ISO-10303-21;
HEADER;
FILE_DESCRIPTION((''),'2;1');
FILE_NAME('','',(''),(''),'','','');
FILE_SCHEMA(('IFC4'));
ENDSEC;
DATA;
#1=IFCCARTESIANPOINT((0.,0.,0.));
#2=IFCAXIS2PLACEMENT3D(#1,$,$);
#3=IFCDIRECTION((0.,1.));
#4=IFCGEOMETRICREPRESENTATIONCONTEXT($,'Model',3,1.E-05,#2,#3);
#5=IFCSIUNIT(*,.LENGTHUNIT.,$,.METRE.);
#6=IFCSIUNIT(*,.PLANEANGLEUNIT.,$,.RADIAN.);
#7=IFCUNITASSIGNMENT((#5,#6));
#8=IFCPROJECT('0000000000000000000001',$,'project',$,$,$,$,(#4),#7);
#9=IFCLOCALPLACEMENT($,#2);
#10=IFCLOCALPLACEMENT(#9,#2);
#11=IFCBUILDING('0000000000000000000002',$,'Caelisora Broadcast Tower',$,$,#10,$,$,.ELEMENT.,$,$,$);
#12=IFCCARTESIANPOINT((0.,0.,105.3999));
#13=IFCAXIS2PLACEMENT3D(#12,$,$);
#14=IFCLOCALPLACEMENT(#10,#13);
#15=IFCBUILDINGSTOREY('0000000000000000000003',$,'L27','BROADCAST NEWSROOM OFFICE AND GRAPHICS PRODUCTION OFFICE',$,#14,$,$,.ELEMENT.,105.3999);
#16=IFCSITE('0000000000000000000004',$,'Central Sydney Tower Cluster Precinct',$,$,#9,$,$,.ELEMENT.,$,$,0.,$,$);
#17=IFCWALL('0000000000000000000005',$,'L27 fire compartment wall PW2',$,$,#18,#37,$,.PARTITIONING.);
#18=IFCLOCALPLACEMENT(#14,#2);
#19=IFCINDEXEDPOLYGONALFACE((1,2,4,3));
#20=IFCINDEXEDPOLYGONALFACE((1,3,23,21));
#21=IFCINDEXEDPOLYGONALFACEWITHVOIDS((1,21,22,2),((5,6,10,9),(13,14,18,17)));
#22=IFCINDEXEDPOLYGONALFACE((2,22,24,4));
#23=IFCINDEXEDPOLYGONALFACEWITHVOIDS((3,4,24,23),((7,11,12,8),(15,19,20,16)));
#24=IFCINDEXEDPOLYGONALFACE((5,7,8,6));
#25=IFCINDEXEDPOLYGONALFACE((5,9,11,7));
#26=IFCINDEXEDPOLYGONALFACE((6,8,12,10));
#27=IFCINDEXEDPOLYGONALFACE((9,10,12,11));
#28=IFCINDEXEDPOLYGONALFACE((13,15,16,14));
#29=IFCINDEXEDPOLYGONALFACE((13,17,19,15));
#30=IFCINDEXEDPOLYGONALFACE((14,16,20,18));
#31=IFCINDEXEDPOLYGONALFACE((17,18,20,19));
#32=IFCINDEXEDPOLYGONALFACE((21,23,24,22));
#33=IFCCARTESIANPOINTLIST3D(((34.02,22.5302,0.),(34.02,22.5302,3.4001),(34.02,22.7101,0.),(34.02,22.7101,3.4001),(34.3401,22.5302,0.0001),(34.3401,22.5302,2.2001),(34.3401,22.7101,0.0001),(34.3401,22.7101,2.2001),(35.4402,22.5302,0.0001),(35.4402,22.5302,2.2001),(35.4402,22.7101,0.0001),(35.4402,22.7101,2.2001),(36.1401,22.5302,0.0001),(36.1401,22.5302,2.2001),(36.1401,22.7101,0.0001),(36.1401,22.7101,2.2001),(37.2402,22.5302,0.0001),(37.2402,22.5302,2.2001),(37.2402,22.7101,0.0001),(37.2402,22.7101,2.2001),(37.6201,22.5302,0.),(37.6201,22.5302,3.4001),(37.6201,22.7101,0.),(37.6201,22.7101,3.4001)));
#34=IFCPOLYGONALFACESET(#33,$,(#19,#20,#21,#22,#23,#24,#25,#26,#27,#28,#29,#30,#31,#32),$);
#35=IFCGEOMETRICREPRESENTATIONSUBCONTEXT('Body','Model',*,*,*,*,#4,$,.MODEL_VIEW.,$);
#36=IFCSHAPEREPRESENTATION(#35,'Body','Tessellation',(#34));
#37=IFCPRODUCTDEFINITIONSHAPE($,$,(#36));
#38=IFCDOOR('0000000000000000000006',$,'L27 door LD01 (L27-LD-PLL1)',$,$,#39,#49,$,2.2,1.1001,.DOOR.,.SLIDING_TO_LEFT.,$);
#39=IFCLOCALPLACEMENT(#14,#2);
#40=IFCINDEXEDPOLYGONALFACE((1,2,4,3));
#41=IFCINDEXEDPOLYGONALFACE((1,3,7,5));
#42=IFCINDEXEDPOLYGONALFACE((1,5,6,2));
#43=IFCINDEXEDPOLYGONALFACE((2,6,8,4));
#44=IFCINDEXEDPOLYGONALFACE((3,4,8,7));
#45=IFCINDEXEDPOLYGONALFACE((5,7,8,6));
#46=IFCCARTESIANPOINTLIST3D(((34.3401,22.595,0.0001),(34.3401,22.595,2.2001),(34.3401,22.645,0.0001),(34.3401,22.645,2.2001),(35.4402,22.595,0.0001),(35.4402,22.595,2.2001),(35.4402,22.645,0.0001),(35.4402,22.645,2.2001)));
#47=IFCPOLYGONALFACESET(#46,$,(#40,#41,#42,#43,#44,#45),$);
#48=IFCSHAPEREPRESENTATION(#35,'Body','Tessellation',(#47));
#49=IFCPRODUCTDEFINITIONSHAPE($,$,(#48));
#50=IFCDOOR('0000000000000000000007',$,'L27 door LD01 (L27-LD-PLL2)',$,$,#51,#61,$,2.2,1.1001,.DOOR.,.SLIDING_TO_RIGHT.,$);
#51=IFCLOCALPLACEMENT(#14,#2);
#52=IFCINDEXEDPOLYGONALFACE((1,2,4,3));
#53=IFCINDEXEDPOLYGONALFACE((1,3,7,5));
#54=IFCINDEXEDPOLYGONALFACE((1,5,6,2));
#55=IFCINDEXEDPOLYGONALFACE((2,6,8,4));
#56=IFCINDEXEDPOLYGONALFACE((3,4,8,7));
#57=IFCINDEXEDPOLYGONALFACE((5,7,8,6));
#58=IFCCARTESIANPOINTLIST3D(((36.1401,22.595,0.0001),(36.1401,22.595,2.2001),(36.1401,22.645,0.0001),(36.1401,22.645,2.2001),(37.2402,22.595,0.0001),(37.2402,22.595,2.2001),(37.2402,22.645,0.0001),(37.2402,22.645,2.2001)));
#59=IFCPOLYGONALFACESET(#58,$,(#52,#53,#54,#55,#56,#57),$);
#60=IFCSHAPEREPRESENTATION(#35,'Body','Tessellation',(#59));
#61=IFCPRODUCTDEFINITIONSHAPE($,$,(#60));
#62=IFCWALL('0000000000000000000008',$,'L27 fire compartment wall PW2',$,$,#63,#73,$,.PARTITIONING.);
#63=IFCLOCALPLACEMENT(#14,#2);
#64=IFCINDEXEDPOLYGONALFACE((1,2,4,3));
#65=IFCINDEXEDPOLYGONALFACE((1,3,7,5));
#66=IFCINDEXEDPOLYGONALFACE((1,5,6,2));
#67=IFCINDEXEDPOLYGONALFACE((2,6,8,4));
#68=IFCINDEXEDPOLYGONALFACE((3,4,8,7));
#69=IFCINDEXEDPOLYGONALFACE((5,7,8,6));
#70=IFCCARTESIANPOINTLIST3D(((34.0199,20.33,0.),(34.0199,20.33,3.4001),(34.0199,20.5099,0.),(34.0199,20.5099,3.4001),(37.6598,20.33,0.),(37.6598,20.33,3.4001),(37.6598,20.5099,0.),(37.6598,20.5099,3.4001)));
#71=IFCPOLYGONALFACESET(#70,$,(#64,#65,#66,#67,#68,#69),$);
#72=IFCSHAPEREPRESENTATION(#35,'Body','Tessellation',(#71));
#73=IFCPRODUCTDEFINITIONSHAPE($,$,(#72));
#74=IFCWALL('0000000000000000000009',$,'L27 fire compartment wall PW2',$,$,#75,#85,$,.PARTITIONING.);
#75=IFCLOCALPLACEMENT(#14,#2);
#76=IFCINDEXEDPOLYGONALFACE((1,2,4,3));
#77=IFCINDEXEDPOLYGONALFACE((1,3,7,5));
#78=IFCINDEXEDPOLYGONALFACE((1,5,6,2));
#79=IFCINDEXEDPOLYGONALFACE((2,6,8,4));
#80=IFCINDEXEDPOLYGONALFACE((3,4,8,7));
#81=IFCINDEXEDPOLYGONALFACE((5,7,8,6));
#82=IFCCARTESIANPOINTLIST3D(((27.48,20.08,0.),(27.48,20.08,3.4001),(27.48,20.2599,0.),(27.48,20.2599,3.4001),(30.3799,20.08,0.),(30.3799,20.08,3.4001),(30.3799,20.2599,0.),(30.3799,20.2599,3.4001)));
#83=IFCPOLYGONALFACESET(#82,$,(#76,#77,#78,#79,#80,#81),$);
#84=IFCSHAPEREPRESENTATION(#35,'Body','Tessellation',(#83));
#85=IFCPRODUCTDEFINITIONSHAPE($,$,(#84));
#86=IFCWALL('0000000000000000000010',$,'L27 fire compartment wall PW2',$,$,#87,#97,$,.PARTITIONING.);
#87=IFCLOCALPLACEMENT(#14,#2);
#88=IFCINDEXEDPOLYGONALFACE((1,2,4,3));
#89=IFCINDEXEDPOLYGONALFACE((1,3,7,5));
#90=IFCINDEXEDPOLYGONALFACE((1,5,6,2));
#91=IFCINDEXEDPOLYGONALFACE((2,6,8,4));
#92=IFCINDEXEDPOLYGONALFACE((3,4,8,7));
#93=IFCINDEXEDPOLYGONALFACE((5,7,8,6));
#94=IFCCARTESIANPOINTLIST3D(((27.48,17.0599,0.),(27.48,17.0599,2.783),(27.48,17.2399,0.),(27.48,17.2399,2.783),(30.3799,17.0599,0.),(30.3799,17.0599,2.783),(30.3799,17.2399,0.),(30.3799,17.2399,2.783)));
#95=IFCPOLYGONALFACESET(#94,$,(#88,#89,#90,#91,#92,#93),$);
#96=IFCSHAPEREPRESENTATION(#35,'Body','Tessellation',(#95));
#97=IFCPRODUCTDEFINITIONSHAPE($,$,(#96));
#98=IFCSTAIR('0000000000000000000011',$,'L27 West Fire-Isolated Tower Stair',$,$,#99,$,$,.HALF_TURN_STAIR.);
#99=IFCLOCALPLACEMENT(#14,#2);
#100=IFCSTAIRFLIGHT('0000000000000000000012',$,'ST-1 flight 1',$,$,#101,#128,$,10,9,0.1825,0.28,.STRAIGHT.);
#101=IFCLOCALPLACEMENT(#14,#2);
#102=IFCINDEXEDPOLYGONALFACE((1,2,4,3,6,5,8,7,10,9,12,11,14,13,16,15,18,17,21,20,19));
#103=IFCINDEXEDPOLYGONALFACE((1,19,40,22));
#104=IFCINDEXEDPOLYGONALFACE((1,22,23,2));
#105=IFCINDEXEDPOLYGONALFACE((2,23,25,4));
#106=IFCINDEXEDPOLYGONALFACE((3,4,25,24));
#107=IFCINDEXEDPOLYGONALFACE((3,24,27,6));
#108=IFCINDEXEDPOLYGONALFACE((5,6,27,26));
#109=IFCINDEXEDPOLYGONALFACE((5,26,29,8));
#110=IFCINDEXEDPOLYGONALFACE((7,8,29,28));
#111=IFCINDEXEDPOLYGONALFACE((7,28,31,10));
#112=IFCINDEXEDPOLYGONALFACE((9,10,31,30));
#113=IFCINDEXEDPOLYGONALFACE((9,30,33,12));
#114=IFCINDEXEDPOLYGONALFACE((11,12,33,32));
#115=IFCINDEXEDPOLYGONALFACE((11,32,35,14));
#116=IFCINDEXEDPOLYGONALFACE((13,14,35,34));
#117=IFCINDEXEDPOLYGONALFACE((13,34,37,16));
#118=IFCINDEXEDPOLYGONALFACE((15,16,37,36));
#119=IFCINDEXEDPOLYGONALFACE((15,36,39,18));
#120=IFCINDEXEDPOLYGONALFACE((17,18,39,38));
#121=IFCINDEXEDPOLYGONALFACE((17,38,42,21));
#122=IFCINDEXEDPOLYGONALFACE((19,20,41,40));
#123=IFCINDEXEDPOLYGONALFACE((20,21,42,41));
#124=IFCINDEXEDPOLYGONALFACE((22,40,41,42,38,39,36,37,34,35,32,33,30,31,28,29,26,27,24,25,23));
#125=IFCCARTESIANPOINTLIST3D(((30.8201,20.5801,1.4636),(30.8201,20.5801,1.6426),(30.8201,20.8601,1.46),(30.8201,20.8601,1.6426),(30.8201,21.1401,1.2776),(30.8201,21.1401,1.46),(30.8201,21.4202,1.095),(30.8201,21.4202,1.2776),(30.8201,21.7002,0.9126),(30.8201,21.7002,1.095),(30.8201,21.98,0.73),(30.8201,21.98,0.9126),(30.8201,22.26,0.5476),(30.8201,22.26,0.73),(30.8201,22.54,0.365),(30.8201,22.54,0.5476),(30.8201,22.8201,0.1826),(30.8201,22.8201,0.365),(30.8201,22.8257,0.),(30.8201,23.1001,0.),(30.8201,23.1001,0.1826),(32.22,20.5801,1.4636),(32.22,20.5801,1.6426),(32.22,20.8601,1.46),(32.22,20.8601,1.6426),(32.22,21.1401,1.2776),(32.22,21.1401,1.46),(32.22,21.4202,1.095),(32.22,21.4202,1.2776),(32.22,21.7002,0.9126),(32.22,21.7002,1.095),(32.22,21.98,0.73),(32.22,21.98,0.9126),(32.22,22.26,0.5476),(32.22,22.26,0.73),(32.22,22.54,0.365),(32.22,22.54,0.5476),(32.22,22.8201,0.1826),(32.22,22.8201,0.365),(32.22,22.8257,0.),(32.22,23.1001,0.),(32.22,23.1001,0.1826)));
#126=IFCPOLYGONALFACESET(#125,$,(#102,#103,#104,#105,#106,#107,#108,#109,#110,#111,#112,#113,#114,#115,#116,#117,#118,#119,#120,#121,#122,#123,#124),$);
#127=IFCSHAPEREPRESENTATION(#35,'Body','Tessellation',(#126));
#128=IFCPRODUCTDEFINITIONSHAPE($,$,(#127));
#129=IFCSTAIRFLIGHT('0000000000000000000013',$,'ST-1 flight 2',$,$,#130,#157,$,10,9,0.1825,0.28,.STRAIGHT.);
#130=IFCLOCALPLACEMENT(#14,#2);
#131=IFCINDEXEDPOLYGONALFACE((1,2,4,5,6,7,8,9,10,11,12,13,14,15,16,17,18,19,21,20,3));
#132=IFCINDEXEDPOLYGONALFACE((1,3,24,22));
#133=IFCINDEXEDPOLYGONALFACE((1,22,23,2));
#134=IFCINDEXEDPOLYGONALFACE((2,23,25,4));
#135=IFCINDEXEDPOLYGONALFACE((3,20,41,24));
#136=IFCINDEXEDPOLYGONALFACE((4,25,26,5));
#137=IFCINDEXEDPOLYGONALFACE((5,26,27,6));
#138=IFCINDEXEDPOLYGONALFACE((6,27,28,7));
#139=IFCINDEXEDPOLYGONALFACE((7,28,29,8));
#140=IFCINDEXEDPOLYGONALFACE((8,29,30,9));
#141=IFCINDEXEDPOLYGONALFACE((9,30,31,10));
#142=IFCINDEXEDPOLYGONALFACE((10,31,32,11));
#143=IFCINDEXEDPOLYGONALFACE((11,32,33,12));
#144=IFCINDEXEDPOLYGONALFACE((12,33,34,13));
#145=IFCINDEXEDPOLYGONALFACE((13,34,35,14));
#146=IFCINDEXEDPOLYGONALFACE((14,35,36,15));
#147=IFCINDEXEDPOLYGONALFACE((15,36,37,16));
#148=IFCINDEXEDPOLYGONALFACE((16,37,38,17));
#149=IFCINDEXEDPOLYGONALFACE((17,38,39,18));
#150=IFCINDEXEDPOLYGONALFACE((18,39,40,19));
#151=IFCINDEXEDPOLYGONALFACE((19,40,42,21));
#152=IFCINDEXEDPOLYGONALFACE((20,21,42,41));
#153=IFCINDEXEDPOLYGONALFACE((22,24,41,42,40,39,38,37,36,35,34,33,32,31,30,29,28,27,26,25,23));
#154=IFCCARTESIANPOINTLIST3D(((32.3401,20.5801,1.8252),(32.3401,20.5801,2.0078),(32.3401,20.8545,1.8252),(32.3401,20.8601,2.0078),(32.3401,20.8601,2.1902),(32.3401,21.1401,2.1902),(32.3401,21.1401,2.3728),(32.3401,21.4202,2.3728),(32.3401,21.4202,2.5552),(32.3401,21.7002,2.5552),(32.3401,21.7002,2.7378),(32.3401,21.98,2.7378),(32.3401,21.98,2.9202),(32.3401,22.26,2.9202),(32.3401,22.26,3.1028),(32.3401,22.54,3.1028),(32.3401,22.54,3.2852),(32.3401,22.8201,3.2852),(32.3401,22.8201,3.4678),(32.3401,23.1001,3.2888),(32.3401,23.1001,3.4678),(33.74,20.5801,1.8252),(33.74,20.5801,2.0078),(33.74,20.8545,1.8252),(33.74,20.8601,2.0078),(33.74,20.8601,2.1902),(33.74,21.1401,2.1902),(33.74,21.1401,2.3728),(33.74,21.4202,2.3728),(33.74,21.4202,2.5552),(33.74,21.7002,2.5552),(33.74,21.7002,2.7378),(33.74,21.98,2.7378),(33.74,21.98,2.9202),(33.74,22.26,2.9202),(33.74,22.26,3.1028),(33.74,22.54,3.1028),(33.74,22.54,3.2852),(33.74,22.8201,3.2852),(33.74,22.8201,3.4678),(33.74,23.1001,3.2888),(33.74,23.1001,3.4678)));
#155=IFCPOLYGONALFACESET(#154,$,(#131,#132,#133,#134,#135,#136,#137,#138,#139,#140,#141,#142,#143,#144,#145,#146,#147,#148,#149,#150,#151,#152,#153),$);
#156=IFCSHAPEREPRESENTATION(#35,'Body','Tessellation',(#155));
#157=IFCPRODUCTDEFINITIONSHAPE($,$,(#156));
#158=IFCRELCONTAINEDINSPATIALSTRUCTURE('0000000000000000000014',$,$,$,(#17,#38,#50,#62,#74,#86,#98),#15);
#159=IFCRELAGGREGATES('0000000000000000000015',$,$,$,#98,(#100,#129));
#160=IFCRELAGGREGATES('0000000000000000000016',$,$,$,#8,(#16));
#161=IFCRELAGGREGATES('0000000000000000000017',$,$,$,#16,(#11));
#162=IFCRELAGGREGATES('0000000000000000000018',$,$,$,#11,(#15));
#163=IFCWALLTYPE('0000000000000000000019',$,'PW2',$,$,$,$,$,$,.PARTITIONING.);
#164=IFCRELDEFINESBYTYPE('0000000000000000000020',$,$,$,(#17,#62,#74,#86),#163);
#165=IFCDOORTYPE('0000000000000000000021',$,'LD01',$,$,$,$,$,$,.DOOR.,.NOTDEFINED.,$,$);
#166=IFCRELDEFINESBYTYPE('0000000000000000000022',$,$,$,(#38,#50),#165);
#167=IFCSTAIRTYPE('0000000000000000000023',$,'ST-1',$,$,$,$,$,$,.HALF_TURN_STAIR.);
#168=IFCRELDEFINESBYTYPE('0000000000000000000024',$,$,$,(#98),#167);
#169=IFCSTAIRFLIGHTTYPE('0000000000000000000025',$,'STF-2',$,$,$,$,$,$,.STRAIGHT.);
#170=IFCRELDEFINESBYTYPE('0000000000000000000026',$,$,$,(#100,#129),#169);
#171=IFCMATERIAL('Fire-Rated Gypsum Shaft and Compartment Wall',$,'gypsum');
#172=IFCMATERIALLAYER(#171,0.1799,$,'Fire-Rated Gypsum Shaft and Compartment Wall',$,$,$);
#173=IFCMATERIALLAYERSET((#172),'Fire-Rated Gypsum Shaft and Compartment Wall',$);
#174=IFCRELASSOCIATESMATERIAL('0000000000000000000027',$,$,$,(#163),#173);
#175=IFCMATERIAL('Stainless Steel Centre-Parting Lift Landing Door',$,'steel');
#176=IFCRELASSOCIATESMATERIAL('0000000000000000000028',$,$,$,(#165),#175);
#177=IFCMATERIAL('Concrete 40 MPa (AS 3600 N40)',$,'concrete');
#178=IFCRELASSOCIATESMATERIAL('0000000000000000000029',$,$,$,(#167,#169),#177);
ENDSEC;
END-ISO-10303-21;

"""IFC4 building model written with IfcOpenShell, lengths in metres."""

from ifc_helpers import new_model, si_unit, direction, frame, frame_2d, origin, place, context, subcontext, project, spatial, polyline, rectangle, outline, extrude, material, layer, layer_set, type_object, element, fill, aggregate, save


model = new_model("IFC4")

# Units and contexts
model_context = context("Model", 3, precision=1e-05, world=origin(), true_north=direction((0.0, 1.0)))
body_context = subcontext(model_context, "Body", "Model", "MODEL_VIEW")
ifc_project = project(units=[si_unit("LENGTHUNIT", "METRE"), si_unit("PLANEANGLEUNIT", "RADIAN")], contexts=[model_context])

# Site, building, storey
site_placement = place(None, origin())
site = spatial("IfcSite", under=ifc_project, at=site_placement, Name="Central Sydney Tower Cluster Precinct", CompositionType="ELEMENT", RefElevation=0.0)
building_placement = place(site_placement, origin())
building = spatial("IfcBuilding", under=site, at=building_placement, Name="Caelisora Broadcast Tower", CompositionType="ELEMENT")
storey_placement = place(building_placement, frame((0.0, 0.0, 105.3999)))
storey = spatial("IfcBuildingStorey", under=building, at=storey_placement, Name="L27", Description="BROADCAST NEWSROOM OFFICE AND GRAPHICS PRODUCTION OFFICE", CompositionType="ELEMENT", Elevation=105.3999)

# Wall, openings, doors
ifc_material_1 = material(Name="Fire-Rated Gypsum Shaft and Compartment Wall", Category="gypsum")
ifc_layer_1 = layer(ifc_material_1, 0.1799, Name="Fire-Rated Gypsum Shaft and Compartment Wall")
ifc_layer_set_1 = layer_set([ifc_layer_1], Name="Fire-Rated Gypsum Shaft and Compartment Wall")
wall_type_1 = type_object("IfcWallType", Name="PW2", PredefinedType="PARTITIONING", material=ifc_layer_set_1)
wall_1_placement = place(storey_placement, frame((34.02, 22.6201, 0.0), z_axis=(0.0, 0.0, 1.0), x_axis=(1.0, 0.0, 0.0)))
wall_1 = element("IfcWall", 1, at=wall_1_placement, inside=storey, type_object=wall_type_1, Name="L27 fire compartment wall PW2", PredefinedType="PARTITIONING", context=body_context, shape_type="SweptSolid", body=[
    extrude(rectangle(XDim=3.6001, YDim=0.1799, at=frame_2d((1.8, 0.0))), origin(), (0.0, 0.0, 1.0), 3.4001),
])
opening_1_placement = place(wall_1_placement, frame((0.3201, 0.0, 0.0)))
opening_1 = element("IfcOpeningElement", 2, at=opening_1_placement, cuts=wall_1, PredefinedType="OPENING", context=body_context, shape_type="SweptSolid", body=[
    extrude(rectangle(XDim=1.1001, YDim=2.2, at=frame_2d((0.55, 1.1001))), frame((0.0, 0.1021, 0.0), z_axis=(0.0, -1.0, 0.0), x_axis=(1.0, 0.0, 0.0)), (0.0, 0.0, 1.0), 0.2039),
])
opening_2_placement = place(wall_1_placement, frame((2.1201, 0.0, 0.0)))
opening_2 = element("IfcOpeningElement", 3, at=opening_2_placement, cuts=wall_1, PredefinedType="OPENING", context=body_context, shape_type="SweptSolid", body=[
    extrude(rectangle(XDim=1.1001, YDim=2.2, at=frame_2d((0.55, 1.1001))), frame((0.0, 0.1021, 0.0), z_axis=(0.0, -1.0, 0.0), x_axis=(1.0, 0.0, 0.0)), (0.0, 0.0, 1.0), 0.2039),
])
ifc_material_2 = material(Name="Stainless Steel Centre-Parting Lift Landing Door", Category="steel")
door_type_1 = type_object("IfcDoorType", Name="LD01", OperationType="NOTDEFINED", PredefinedType="DOOR", material=ifc_material_2)
door_1_placement = place(opening_1_placement, origin())
door_1 = element("IfcDoor", 4, at=door_1_placement, inside=storey, type_object=door_type_1, Name="L27 door LD01 (L27-LD-PLL1)", OperationType="SLIDING_TO_LEFT", OverallHeight=2.2, OverallWidth=1.1001, PredefinedType="DOOR", context=body_context, shape_type="SweptSolid", body=[
    extrude(rectangle(XDim=1.1001, YDim=2.2, at=frame_2d((0.55, 1.1001))), frame((0.0, 0.0249, 0.0), z_axis=(0.0, -1.0, 0.0), x_axis=(1.0, 0.0, 0.0)), (0.0, 0.0, 1.0), 0.05),
])
fill(opening_1, door_1)
door_2_placement = place(opening_2_placement, origin())
door_2 = element("IfcDoor", 5, at=door_2_placement, inside=storey, type_object=door_type_1, Name="L27 door LD01 (L27-LD-PLL2)", OperationType="SLIDING_TO_RIGHT", OverallHeight=2.2, OverallWidth=1.1001, PredefinedType="DOOR", context=body_context, shape_type="SweptSolid", body=[
    extrude(rectangle(XDim=1.1001, YDim=2.2, at=frame_2d((0.55, 1.1001))), frame((0.0, 0.0249, 0.0), z_axis=(0.0, -1.0, 0.0), x_axis=(1.0, 0.0, 0.0)), (0.0, 0.0, 1.0), 0.05),
])
fill(opening_2, door_2)

# Walls
wall_2_placement = place(storey_placement, frame((34.02, 20.4199, 0.0), z_axis=(0.0, 0.0, 1.0), x_axis=(1.0, 0.0, 0.0)))
element("IfcWall", 6, at=wall_2_placement, inside=storey, type_object=wall_type_1, Name="L27 fire compartment wall PW2", PredefinedType="PARTITIONING", context=body_context, shape_type="SweptSolid", body=[
    extrude(rectangle(XDim=3.6399, YDim=0.1799, at=frame_2d((1.8198, 0.0))), origin(), (0.0, 0.0, 1.0), 3.4001),
])
wall_3_placement = place(storey_placement, frame((27.48, 20.1699, 0.0), z_axis=(0.0, 0.0, 1.0), x_axis=(1.0, 0.0, 0.0)))
element("IfcWall", 7, at=wall_3_placement, inside=storey, type_object=wall_type_1, Name="L27 fire compartment wall PW2", PredefinedType="PARTITIONING", context=body_context, shape_type="SweptSolid", body=[
    extrude(rectangle(XDim=2.8999, YDim=0.1799, at=frame_2d((1.45, 0.0))), origin(), (0.0, 0.0, 1.0), 3.4001),
])

# Wall
wall_4_placement = place(storey_placement, frame((27.48, 17.1499, 0.0), z_axis=(0.0, 0.0, 1.0), x_axis=(1.0, 0.0, 0.0)))
element("IfcWall", 8, at=wall_4_placement, inside=storey, type_object=wall_type_1, Name="L27 fire compartment wall PW2", PredefinedType="PARTITIONING", context=body_context, shape_type="SweptSolid", body=[
    extrude(rectangle(XDim=2.8999, YDim=0.1799, at=frame_2d((1.45, 0.0))), origin(), (0.0, 0.0, 1.0), 2.783),
])

# Stair, stair flights
ifc_material_3 = material(Name="Concrete 40 MPa (AS 3600 N40)", Category="concrete")
stair_type = type_object("IfcStairType", Name="ST-1", PredefinedType="HALF_TURN_STAIR", material=ifc_material_3)
stair_placement = place(storey_placement, origin())
stair = element("IfcStair", 9, at=stair_placement, inside=storey, type_object=stair_type, Name="L27 West Fire-Isolated Tower Stair", PredefinedType="HALF_TURN_STAIR")
stair_flight_type = type_object("IfcStairFlightType", Name="STF-2", PredefinedType="STRAIGHT", material=ifc_material_3)
stair_flight_1_placement = place(storey_placement, frame((31.52, 23.1001, 0.0), z_axis=(0.0, 0.0, 1.0), x_axis=(0.0, -1.0, 0.0)))
stair_flight_1 = element("IfcStairFlight", 10, at=stair_flight_1_placement, type_object=stair_flight_type, Name="ST-1 flight 1", NumberOfRisers=10, NumberOfTreads=9, PredefinedType="STRAIGHT", RiserHeight=0.1825, TreadLength=0.28, context=body_context, shape_type="SweptSolid", body=[
    extrude(outline(polyline([(0.0, 0.0), (0.0, 0.1826), (0.28, 0.1826), (0.28, 0.365), (0.5601, 0.365), (0.5601, 0.5476), (0.8401, 0.5476), (0.8401, 0.73), (1.1201, 0.73), (1.1201, 0.9126), (1.3999, 0.9126), (1.3999, 1.095), (1.6799, 1.095), (1.6799, 1.2776), (1.96, 1.2776), (1.96, 1.46), (2.24, 1.46), (2.24, 1.6426), (2.52, 1.6426), (2.52, 1.825), (2.52, 1.4636), (0.2744, 0.0), (0.0, 0.0)])), frame((0.0, 0.7, 0.0), z_axis=(0.0, -1.0, 0.0), x_axis=(1.0, 0.0, 0.0)), (0.0, 0.0, 1.0), 1.3999),
])
stair_flight_2_placement = place(storey_placement, frame((33.04, 20.5801, 1.8252), z_axis=(0.0, 0.0, 1.0), x_axis=(0.0, 1.0, 0.0)))
stair_flight_2 = element("IfcStairFlight", 11, at=stair_flight_2_placement, type_object=stair_flight_type, Name="ST-1 flight 2", NumberOfRisers=10, NumberOfTreads=9, PredefinedType="STRAIGHT", RiserHeight=0.1825, TreadLength=0.28, context=body_context, shape_type="SweptSolid", body=[
    extrude(outline(polyline([(0.0, 0.0), (0.0, 0.1826), (0.28, 0.1826), (0.28, 0.365), (0.5601, 0.365), (0.5601, 0.5476), (0.8401, 0.5476), (0.8401, 0.73), (1.1201, 0.73), (1.1201, 0.9126), (1.3999, 0.9126), (1.3999, 1.095), (1.6799, 1.095), (1.6799, 1.2776), (1.96, 1.2776), (1.96, 1.46), (2.24, 1.46), (2.24, 1.6426), (2.52, 1.6426), (2.52, 1.825), (2.52, 1.4636), (0.2744, 0.0), (0.0, 0.0)])), frame((0.0, 0.7, 0.0), z_axis=(0.0, -1.0, 0.0), x_axis=(1.0, 0.0, 0.0)), (0.0, 0.0, 1.0), 1.3999),
])
aggregate(stair, [stair_flight_1, stair_flight_2])

save(model, "model.ifc")
